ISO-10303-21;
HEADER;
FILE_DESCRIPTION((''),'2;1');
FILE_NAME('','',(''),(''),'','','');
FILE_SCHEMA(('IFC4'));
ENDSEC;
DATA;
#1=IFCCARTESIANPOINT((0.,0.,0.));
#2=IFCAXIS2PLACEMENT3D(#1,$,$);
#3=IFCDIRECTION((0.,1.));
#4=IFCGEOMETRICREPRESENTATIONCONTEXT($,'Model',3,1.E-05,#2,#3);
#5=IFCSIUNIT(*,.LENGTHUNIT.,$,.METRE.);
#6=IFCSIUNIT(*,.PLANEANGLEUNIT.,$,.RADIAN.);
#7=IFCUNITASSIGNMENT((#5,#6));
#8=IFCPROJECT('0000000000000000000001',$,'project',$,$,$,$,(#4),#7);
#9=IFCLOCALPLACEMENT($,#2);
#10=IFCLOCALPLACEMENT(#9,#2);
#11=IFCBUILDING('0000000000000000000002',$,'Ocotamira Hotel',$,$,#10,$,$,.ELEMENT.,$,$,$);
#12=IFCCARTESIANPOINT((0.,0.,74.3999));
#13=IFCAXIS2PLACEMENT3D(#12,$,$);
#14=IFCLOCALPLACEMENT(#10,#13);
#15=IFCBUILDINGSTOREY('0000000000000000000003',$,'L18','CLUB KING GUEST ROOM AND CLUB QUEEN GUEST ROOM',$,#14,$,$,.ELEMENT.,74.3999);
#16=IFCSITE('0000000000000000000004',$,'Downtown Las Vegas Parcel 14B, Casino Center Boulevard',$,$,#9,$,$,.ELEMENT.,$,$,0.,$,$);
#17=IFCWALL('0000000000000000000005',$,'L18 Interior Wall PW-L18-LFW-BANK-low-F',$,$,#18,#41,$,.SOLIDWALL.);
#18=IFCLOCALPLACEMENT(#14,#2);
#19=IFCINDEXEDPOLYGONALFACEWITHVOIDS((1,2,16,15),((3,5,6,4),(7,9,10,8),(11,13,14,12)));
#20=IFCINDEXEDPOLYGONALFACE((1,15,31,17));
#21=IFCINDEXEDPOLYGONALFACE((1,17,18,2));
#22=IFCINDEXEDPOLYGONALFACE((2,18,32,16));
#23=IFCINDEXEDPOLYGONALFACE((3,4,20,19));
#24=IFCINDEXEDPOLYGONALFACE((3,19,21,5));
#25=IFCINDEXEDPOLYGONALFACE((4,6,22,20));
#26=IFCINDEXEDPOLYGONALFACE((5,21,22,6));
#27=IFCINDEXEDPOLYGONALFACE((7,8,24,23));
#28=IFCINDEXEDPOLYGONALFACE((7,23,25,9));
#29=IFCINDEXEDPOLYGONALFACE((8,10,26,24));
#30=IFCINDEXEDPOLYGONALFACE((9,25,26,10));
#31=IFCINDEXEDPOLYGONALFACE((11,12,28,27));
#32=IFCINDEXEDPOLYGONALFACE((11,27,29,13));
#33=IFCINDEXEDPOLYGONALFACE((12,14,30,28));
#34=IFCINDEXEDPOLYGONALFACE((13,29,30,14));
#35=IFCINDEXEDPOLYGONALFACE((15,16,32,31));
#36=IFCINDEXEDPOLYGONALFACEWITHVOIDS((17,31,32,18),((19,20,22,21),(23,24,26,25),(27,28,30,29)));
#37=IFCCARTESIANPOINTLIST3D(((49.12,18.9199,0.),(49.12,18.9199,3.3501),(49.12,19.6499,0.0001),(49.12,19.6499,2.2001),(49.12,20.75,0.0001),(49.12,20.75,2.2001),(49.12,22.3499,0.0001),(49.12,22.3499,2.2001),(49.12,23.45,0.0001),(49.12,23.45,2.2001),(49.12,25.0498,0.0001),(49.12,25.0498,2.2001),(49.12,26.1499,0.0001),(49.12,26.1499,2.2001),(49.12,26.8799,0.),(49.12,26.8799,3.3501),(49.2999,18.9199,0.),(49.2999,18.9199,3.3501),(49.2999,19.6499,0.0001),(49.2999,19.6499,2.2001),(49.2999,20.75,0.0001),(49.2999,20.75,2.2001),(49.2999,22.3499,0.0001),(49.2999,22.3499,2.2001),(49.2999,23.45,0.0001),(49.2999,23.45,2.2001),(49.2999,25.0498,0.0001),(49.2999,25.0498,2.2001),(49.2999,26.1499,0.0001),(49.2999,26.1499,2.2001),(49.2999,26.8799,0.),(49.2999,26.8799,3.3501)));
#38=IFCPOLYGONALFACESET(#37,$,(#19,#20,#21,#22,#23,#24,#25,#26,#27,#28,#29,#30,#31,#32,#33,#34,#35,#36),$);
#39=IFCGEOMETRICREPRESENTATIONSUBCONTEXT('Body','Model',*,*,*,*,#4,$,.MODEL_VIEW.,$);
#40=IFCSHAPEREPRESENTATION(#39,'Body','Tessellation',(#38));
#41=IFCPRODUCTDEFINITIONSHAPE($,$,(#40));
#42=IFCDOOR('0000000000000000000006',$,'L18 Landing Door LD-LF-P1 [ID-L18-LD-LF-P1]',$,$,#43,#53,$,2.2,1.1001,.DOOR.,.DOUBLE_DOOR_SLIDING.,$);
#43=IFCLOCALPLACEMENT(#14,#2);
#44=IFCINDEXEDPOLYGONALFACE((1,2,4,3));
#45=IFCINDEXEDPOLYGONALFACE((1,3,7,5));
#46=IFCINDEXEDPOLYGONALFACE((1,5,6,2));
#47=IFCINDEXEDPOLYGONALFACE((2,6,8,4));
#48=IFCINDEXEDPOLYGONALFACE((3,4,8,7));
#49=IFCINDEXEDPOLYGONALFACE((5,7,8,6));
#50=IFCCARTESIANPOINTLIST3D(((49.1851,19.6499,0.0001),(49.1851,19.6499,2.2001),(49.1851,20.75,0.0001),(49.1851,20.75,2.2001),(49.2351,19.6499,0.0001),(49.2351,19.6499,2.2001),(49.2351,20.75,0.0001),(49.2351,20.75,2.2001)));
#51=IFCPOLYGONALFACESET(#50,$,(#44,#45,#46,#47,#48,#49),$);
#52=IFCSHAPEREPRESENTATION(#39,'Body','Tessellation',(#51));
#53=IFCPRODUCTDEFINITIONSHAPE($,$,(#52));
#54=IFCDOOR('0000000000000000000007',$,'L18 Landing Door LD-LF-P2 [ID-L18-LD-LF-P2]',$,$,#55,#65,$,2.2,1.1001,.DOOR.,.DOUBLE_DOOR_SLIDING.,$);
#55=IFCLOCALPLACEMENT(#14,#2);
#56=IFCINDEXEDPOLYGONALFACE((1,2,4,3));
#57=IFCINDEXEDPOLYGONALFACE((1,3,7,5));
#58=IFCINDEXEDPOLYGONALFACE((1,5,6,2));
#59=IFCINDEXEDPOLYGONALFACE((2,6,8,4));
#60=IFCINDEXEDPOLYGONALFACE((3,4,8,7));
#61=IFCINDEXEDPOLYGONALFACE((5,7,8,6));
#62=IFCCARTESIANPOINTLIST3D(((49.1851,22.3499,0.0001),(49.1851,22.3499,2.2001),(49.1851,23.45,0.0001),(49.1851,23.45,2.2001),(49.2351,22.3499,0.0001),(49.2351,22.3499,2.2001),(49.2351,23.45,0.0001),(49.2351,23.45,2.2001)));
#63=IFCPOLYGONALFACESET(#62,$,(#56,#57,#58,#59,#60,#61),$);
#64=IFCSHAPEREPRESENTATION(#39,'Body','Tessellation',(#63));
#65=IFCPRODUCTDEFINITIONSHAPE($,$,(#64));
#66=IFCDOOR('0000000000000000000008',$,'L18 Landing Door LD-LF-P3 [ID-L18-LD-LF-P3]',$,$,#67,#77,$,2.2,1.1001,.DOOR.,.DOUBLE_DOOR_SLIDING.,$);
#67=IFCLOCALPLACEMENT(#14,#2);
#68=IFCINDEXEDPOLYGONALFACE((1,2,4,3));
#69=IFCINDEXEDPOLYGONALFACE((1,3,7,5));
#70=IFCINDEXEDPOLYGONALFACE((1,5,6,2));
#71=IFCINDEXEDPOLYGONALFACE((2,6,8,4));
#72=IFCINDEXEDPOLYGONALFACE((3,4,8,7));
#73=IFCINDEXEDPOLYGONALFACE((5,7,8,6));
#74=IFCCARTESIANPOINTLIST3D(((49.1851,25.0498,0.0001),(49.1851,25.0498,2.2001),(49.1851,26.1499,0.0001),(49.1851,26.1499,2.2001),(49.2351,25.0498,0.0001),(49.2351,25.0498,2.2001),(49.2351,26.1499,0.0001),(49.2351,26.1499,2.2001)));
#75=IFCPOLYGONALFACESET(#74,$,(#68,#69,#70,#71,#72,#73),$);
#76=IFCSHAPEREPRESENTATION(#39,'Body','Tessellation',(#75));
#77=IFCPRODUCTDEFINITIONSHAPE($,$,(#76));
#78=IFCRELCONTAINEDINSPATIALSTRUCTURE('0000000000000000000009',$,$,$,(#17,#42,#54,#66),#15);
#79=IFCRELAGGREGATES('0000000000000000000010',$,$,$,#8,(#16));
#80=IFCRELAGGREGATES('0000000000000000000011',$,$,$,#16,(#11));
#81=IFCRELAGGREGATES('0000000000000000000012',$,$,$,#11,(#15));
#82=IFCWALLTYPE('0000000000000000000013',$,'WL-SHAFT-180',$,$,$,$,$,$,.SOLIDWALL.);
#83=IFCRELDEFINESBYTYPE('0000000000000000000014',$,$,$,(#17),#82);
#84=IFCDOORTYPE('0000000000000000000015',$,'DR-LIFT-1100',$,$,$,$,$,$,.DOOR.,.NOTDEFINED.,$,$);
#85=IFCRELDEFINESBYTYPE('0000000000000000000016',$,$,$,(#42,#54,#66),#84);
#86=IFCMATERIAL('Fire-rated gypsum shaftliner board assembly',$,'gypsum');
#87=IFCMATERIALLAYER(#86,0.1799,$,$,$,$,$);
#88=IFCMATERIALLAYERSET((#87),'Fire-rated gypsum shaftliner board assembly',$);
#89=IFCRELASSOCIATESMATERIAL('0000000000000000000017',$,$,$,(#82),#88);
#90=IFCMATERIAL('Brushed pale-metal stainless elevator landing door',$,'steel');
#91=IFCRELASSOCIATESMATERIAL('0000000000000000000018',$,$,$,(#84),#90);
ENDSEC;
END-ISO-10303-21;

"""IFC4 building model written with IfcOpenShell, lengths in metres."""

from ifc_helpers import new_model, si_unit, direction, frame, frame_2d, origin, place, context, subcontext, project, spatial, rectangle, extrude, source, transform, mapped, material, layer, layer_set, type_object, element, fill, save


model = new_model("IFC4")

# Units and contexts
model_context = context("Model", 3, precision=1e-05, world=origin(), true_north=direction((0.0, 1.0)))
body_context = subcontext(model_context, "Body", "Model", "MODEL_VIEW")
ifc_project = project(units=[si_unit("LENGTHUNIT", "METRE"), si_unit("PLANEANGLEUNIT", "RADIAN")], contexts=[model_context])

# Site, building, storey
site_placement = place(None, origin())
site = spatial("IfcSite", under=ifc_project, at=site_placement, Name="Downtown Las Vegas Parcel 14B, Casino Center Boulevard", CompositionType="ELEMENT", RefElevation=0.0)
building_placement = place(site_placement, origin())
building = spatial("IfcBuilding", under=site, at=building_placement, Name="Ocotamira Hotel", CompositionType="ELEMENT")
storey_placement = place(building_placement, frame((0.0, 0.0, 74.3999)))
storey = spatial("IfcBuildingStorey", under=building, at=storey_placement, Name="L18", Description="CLUB KING GUEST ROOM AND CLUB QUEEN GUEST ROOM", CompositionType="ELEMENT", Elevation=74.3999)

# Wall, openings, doors
ifc_material_1 = material(Name="Fire-rated gypsum shaftliner board assembly", Category="gypsum")
ifc_layer_1 = layer(ifc_material_1, 0.1799)
ifc_layer_set_1 = layer_set([ifc_layer_1], Name="Fire-rated gypsum shaftliner board assembly")
wall_type_1 = type_object("IfcWallType", Name="WL-SHAFT-180", PredefinedType="SOLIDWALL", material=ifc_layer_set_1)
wall_1_placement = place(storey_placement, frame((49.21, 18.9199, 0.0), z_axis=(0.0, 0.0, 1.0), x_axis=(0.0, 1.0, 0.0)))
wall_1 = element("IfcWall", 1, at=wall_1_placement, inside=storey, type_object=wall_type_1, Name="L18 Interior Wall PW-L18-LFW-BANK-low-F", PredefinedType="SOLIDWALL", context=body_context, shape_type="SweptSolid", body=[
    extrude(rectangle(XDim=7.96, YDim=0.1799, at=frame_2d((3.98, 0.0))), origin(), (0.0, 0.0, 1.0), 3.3501),
])
opening_1_placement = place(wall_1_placement, frame((0.73, 0.0, 0.0)))
opening_1 = element("IfcOpeningElement", 2, at=opening_1_placement, cuts=wall_1, PredefinedType="OPENING", context=body_context, shape_type="SweptSolid", body=[
    extrude(rectangle(XDim=1.1001, YDim=2.2, at=frame_2d((0.55, 1.1001))), frame((0.0, 0.1001, 0.0), z_axis=(0.0, -1.0, 0.0), x_axis=(1.0, 0.0, 0.0)), (0.0, 0.0, 1.0), 0.2),
])
opening_2_placement = place(wall_1_placement, frame((3.4299, 0.0, 0.0)))
opening_2 = element("IfcOpeningElement", 3, at=opening_2_placement, cuts=wall_1, PredefinedType="OPENING", context=body_context, shape_type="SweptSolid", body=[
    extrude(rectangle(XDim=1.1001, YDim=2.2, at=frame_2d((0.55, 1.1001))), frame((0.0, 0.1001, 0.0), z_axis=(0.0, -1.0, 0.0), x_axis=(1.0, 0.0, 0.0)), (0.0, 0.0, 1.0), 0.2),
])
opening_3_placement = place(wall_1_placement, frame((6.1299, 0.0, 0.0)))
opening_3 = element("IfcOpeningElement", 4, at=opening_3_placement, cuts=wall_1, PredefinedType="OPENING", context=body_context, shape_type="SweptSolid", body=[
    extrude(rectangle(XDim=1.1001, YDim=2.2, at=frame_2d((0.55, 1.1001))), frame((0.0, 0.1001, 0.0), z_axis=(0.0, -1.0, 0.0), x_axis=(1.0, 0.0, 0.0)), (0.0, 0.0, 1.0), 0.2),
])
ifc_material_2 = material(Name="Brushed pale-metal stainless elevator landing door", Category="steel")
door_type = type_object("IfcDoorType", Name="DR-LIFT-1100", OperationType="NOTDEFINED", PredefinedType="DOOR", material=ifc_material_2)
shared_shape_1 = source(origin(), body_context, "Body", "SweptSolid", [
    extrude(rectangle(XDim=1.1001, YDim=2.2, at=frame_2d((0.55, 1.1001))), frame((0.0, 0.0249, 0.0), z_axis=(0.0, -1.0, 0.0), x_axis=(1.0, 0.0, 0.0)), (0.0, 0.0, 1.0), 0.05),
])
door_1_placement = place(opening_1_placement, origin())
door_1 = element("IfcDoor", 5, at=door_1_placement, inside=storey, type_object=door_type, Name="L18 Landing Door LD-LF-P1 [ID-L18-LD-LF-P1]", OperationType="DOUBLE_DOOR_SLIDING", OverallHeight=2.2, OverallWidth=1.1001, PredefinedType="DOOR", context=body_context, shape_type="MappedRepresentation", body=[
    mapped(shared_shape_1, transform((0.0, 0.0, 0.0), scale=1.0)),
])
fill(opening_1, door_1)
door_2_placement = place(opening_2_placement, origin())
door_2 = element("IfcDoor", 6, at=door_2_placement, inside=storey, type_object=door_type, Name="L18 Landing Door LD-LF-P2 [ID-L18-LD-LF-P2]", OperationType="DOUBLE_DOOR_SLIDING", OverallHeight=2.2, OverallWidth=1.1001, PredefinedType="DOOR", context=body_context, shape_type="MappedRepresentation", body=[
    mapped(shared_shape_1, transform((0.0, 0.0, 0.0), scale=1.0)),
])
fill(opening_2, door_2)
door_3_placement = place(opening_3_placement, origin())
door_3 = element("IfcDoor", 7, at=door_3_placement, inside=storey, type_object=door_type, Name="L18 Landing Door LD-LF-P3 [ID-L18-LD-LF-P3]", OperationType="DOUBLE_DOOR_SLIDING", OverallHeight=2.2, OverallWidth=1.1001, PredefinedType="DOOR", context=body_context, shape_type="MappedRepresentation", body=[
    mapped(shared_shape_1, transform((0.0, 0.0, 0.0), scale=1.0)),
])
fill(opening_3, door_3)

save(model, "model.ifc")
